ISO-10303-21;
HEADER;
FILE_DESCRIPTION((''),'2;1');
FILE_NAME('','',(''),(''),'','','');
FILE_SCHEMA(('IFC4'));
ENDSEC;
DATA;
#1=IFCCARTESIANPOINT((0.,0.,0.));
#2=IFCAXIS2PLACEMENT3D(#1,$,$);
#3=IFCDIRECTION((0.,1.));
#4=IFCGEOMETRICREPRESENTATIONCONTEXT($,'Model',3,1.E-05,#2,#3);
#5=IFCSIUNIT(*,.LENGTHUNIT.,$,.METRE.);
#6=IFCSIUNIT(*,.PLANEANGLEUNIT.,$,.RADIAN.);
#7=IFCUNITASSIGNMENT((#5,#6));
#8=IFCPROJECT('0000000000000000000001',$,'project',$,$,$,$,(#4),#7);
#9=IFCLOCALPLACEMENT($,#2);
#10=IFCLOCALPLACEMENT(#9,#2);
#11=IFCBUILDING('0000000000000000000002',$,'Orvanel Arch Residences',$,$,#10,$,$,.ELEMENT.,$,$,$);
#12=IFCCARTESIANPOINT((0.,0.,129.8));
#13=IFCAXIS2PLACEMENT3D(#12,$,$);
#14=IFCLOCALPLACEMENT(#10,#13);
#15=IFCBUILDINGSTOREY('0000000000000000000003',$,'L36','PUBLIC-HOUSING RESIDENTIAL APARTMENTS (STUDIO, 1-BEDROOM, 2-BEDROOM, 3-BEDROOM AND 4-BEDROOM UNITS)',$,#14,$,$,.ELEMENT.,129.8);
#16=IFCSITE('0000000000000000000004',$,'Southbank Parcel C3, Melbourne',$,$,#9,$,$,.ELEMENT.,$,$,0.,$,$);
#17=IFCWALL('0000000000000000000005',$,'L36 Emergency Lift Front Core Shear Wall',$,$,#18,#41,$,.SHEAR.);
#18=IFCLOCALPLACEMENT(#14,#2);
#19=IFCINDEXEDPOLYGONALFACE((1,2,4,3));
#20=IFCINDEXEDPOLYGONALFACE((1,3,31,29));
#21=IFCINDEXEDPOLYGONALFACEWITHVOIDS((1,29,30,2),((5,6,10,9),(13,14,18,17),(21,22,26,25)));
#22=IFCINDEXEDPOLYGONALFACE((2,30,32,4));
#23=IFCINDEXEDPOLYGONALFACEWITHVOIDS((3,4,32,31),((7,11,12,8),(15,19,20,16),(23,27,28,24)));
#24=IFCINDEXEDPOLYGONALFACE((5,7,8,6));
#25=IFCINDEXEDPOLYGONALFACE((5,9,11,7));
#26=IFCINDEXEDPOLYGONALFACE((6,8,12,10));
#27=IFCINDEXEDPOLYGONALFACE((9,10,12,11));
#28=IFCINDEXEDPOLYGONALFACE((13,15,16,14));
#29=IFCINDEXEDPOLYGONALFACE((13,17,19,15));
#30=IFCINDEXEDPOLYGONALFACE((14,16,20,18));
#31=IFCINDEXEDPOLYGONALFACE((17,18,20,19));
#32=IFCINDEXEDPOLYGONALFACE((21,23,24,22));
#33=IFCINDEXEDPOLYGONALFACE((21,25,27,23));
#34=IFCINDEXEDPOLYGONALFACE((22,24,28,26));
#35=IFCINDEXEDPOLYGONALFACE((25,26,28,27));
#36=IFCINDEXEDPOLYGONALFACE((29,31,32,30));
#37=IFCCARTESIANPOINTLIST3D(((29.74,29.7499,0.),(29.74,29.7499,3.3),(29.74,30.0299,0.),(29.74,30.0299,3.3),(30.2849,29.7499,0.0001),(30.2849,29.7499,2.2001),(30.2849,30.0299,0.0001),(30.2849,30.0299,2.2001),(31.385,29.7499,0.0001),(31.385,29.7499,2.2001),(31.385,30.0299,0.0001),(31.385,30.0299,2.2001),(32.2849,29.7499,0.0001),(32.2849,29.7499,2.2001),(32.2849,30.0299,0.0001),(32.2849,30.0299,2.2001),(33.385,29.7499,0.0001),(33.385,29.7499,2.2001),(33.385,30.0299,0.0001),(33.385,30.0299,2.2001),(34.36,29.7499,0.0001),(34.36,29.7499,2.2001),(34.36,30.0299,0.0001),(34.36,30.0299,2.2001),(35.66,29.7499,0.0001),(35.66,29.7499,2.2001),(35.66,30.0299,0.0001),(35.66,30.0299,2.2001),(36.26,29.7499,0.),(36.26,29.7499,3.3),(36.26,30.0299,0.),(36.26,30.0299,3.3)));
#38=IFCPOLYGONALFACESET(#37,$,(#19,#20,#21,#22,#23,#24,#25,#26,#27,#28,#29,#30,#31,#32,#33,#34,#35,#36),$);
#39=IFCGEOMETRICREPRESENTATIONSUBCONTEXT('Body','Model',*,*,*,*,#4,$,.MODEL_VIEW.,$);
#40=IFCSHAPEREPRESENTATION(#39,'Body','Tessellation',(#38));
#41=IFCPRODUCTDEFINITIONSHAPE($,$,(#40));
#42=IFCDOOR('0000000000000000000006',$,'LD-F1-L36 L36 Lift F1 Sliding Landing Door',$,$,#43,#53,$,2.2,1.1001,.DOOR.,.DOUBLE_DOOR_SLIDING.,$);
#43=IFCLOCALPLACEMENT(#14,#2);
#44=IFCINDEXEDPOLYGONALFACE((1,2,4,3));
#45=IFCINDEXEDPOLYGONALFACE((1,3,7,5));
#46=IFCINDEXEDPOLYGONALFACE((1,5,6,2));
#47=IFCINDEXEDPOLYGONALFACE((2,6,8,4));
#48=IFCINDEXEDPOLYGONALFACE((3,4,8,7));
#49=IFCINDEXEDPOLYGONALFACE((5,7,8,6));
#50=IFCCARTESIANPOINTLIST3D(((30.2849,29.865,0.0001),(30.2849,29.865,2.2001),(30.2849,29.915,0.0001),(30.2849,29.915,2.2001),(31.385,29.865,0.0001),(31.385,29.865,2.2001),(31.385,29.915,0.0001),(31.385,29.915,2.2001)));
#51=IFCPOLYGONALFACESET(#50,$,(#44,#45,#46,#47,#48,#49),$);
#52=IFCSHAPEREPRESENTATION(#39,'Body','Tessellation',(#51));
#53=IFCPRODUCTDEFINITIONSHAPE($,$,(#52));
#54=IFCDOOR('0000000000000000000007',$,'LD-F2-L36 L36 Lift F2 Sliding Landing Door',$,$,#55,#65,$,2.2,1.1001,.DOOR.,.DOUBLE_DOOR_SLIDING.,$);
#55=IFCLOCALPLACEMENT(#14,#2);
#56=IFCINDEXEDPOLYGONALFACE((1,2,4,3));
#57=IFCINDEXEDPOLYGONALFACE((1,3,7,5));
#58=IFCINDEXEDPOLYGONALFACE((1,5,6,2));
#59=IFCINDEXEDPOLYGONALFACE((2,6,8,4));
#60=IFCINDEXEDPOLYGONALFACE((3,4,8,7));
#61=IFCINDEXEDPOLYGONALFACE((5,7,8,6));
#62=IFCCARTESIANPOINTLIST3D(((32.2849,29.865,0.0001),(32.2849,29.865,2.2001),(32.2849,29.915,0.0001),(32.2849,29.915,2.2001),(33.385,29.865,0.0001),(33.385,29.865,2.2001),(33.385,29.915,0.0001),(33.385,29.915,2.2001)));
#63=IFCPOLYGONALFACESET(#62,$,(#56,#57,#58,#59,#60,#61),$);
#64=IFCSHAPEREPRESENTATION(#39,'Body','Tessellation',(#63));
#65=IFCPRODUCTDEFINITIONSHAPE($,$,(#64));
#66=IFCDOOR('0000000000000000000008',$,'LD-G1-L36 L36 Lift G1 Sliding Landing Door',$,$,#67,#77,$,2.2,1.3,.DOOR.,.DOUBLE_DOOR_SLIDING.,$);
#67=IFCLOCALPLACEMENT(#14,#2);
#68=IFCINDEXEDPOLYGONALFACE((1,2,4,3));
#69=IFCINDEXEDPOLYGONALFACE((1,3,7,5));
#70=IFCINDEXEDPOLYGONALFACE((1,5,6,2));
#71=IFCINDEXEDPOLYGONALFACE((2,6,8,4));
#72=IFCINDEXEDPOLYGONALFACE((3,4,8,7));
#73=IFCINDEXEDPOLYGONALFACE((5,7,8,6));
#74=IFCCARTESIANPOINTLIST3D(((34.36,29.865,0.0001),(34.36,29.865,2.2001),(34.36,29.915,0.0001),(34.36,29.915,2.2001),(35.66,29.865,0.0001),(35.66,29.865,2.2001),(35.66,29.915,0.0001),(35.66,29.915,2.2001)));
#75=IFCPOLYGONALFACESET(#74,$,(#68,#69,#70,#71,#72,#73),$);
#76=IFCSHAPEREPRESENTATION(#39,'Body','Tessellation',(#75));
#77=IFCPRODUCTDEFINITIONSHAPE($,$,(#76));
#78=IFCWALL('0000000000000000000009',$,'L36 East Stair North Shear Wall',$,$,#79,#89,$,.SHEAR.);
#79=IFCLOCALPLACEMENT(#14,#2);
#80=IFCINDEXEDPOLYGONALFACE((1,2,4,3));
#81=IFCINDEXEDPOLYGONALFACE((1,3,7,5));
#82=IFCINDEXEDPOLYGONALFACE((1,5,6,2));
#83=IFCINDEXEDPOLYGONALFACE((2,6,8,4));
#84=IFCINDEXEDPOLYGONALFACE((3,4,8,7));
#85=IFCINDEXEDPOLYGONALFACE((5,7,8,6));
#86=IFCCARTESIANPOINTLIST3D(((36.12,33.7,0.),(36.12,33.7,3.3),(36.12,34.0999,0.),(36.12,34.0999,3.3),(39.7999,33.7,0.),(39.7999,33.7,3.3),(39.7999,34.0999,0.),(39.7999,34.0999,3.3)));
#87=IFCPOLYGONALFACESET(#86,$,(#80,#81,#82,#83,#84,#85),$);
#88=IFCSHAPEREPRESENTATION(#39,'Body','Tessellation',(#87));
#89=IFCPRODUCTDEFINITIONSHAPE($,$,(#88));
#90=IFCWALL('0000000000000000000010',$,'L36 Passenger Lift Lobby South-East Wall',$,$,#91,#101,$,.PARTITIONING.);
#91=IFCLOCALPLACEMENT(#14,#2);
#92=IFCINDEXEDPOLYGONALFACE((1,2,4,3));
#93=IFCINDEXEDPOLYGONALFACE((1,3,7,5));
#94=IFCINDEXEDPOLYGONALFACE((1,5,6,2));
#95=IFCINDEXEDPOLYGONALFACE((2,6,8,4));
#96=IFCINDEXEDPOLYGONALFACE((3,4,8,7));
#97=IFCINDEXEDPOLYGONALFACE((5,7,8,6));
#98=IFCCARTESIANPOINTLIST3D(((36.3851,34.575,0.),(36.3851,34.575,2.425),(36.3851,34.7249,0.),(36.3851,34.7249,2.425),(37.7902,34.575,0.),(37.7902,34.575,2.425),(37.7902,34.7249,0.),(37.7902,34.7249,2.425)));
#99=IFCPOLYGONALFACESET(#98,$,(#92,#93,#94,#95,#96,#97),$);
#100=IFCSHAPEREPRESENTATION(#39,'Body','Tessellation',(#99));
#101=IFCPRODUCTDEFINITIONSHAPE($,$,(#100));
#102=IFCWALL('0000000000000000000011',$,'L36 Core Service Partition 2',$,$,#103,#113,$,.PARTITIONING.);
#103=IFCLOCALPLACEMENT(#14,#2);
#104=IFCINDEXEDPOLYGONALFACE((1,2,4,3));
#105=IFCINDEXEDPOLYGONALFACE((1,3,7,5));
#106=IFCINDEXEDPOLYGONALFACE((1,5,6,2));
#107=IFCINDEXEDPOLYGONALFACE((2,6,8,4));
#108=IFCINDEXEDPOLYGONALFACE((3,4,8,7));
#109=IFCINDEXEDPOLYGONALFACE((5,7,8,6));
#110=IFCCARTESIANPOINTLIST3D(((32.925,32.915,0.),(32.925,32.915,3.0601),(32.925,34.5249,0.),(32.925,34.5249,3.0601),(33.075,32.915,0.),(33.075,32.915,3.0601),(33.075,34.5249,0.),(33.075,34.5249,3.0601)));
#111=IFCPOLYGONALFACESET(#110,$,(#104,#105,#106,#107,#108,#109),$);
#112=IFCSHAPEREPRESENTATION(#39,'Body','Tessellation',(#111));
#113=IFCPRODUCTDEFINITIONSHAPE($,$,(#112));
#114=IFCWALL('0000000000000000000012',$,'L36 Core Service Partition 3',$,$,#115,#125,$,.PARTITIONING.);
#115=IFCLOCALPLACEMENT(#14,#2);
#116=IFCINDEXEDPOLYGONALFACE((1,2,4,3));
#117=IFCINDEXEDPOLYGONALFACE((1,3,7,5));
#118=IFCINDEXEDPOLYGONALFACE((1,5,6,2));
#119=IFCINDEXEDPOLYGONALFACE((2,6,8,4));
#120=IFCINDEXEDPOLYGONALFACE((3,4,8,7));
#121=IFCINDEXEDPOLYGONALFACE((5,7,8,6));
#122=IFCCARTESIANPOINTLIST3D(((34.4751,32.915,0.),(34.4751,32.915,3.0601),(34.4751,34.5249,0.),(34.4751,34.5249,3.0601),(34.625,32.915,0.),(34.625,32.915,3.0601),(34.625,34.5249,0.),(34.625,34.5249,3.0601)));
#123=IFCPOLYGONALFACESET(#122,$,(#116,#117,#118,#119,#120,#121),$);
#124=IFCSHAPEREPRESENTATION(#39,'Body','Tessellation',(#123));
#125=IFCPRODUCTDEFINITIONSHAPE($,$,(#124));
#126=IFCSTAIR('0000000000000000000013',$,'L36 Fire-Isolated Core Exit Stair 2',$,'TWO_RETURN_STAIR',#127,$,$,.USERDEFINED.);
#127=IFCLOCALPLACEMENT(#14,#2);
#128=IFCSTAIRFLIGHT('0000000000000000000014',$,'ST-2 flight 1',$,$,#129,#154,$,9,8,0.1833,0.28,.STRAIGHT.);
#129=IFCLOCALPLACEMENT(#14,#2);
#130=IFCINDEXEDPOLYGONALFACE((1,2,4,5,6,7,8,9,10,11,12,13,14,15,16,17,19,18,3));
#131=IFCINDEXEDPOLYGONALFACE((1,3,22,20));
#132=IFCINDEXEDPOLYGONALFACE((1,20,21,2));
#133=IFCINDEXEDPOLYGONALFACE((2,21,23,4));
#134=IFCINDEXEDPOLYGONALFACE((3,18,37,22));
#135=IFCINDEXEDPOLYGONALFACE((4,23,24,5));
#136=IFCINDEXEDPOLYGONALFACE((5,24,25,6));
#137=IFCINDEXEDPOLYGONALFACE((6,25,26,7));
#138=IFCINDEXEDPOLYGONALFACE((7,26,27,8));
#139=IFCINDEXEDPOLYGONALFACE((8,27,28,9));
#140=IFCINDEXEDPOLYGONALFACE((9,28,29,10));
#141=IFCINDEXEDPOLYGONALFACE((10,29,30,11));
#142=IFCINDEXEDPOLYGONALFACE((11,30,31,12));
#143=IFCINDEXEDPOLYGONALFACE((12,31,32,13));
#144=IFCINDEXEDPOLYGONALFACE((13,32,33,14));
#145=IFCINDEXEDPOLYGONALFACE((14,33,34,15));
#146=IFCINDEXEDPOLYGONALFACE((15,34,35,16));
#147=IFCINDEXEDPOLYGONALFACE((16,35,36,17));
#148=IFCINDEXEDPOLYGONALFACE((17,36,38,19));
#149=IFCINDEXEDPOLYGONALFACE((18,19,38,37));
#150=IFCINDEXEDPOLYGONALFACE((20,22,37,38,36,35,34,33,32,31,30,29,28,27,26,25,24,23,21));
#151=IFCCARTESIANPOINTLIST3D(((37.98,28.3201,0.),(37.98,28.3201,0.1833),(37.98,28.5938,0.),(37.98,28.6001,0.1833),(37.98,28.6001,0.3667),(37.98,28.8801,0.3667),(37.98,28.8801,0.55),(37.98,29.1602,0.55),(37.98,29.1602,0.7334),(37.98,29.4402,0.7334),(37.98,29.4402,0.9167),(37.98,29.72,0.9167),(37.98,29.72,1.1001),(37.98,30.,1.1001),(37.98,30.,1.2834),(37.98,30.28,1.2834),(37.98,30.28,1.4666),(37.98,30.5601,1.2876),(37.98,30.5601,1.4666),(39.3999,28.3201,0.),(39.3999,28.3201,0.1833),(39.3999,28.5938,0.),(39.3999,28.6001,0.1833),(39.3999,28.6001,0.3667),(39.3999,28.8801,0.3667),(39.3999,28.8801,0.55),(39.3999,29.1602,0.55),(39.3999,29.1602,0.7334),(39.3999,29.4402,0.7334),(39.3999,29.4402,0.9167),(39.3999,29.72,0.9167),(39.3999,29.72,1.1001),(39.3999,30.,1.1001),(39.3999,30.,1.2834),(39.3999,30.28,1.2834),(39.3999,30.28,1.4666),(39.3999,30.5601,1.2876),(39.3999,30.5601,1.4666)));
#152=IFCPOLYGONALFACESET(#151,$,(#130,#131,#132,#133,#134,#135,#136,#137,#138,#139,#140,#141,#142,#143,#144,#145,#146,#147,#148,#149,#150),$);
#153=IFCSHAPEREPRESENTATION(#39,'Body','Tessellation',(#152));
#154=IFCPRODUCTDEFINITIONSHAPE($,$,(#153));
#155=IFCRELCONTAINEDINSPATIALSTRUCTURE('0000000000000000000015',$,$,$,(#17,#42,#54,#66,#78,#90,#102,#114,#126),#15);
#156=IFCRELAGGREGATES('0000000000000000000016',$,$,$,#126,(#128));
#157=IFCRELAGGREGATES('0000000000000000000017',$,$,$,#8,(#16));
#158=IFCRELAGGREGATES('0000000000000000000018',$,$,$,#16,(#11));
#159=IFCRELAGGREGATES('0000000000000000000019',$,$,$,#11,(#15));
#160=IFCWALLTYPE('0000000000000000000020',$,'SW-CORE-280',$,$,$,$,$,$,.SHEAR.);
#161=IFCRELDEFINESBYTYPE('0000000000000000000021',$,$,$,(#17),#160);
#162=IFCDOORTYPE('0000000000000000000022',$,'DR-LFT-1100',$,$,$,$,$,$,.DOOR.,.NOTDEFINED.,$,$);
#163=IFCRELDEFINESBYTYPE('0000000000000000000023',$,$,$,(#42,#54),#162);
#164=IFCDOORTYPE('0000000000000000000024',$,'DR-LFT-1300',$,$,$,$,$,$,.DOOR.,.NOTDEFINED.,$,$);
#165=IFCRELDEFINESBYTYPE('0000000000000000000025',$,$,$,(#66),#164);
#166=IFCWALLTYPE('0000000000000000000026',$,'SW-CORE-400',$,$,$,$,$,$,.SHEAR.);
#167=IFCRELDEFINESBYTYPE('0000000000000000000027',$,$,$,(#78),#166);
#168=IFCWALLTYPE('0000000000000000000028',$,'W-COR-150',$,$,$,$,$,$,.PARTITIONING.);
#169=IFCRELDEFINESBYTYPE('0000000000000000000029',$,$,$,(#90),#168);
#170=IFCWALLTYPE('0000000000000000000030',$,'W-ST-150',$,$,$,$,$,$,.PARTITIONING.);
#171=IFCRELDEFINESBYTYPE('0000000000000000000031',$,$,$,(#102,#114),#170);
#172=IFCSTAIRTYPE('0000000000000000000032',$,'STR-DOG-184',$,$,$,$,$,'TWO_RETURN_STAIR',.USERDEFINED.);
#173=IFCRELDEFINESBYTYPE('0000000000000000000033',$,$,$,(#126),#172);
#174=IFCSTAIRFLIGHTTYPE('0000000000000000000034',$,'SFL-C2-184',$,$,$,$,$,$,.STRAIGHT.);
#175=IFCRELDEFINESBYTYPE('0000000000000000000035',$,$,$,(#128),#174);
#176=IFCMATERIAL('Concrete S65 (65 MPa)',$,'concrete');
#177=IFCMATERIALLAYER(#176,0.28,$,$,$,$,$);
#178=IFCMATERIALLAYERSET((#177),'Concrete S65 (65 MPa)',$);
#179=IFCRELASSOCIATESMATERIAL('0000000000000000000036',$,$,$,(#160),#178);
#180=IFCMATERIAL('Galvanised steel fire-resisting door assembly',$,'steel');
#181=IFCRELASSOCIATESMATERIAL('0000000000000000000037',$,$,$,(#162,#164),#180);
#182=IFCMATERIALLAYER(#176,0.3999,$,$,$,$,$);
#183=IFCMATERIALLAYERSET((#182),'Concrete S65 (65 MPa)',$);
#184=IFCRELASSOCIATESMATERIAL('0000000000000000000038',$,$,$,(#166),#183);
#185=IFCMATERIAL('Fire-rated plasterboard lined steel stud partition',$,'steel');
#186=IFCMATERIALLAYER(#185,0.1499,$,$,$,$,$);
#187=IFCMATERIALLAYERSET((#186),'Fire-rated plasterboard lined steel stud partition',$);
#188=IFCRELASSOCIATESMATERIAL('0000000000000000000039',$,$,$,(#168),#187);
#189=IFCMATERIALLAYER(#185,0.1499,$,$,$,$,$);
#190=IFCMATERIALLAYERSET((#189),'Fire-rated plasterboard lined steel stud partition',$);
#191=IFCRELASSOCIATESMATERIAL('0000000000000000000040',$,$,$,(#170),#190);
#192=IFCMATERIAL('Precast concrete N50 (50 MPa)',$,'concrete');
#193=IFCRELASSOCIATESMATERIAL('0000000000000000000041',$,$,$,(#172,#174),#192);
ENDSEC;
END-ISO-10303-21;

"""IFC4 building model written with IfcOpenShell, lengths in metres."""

from ifc_helpers import new_model, si_unit, direction, frame, frame_2d, origin, place, context, subcontext, project, spatial, polyline, rectangle, outline, extrude, material, layer, layer_set, type_object, element, fill, aggregate, save


model = new_model("IFC4")

# Units and contexts
model_context = context("Model", 3, precision=1e-05, world=origin(), true_north=direction((0.0, 1.0)))
body_context = subcontext(model_context, "Body", "Model", "MODEL_VIEW")
ifc_project = project(units=[si_unit("LENGTHUNIT", "METRE"), si_unit("PLANEANGLEUNIT", "RADIAN")], contexts=[model_context])

# Site, building, storey
site_placement = place(None, origin())
site = spatial("IfcSite", under=ifc_project, at=site_placement, Name="Southbank Parcel C3, Melbourne", CompositionType="ELEMENT", RefElevation=0.0)
building_placement = place(site_placement, origin())
building = spatial("IfcBuilding", under=site, at=building_placement, Name="Orvanel Arch Residences", CompositionType="ELEMENT")
storey_placement = place(building_placement, frame((0.0, 0.0, 129.8)))
storey = spatial("IfcBuildingStorey", under=building, at=storey_placement, Name="L36", Description="PUBLIC-HOUSING RESIDENTIAL APARTMENTS (STUDIO, 1-BEDROOM, 2-BEDROOM, 3-BEDROOM AND 4-BEDROOM UNITS)", CompositionType="ELEMENT", Elevation=129.8)

# Shared definitions
ifc_material_1 = material(Name="Concrete S65 (65 MPa)", Category="concrete")

# Wall, openings, doors
ifc_layer_1 = layer(ifc_material_1, 0.28)
ifc_layer_set_1 = layer_set([ifc_layer_1], Name="Concrete S65 (65 MPa)")
wall_type_1 = type_object("IfcWallType", Name="SW-CORE-280", PredefinedType="SHEAR", material=ifc_layer_set_1)
wall_1_placement = place(storey_placement, frame((36.26, 29.8899, 0.0), z_axis=(0.0, 0.0, 1.0), x_axis=(-1.0, 0.0, 0.0)))
wall_1 = element("IfcWall", 1, at=wall_1_placement, inside=storey, type_object=wall_type_1, Name="L36 Emergency Lift Front Core Shear Wall", PredefinedType="SHEAR", context=body_context, shape_type="SweptSolid", body=[
    extrude(rectangle(XDim=6.52, YDim=0.28, at=frame_2d((3.26, 0.0))), origin(), (0.0, 0.0, 1.0), 3.3),
])
opening_1_placement = place(wall_1_placement, frame((4.875, 0.0, 0.0)))
opening_1 = element("IfcOpeningElement", 2, at=opening_1_placement, cuts=wall_1, PredefinedType="OPENING", context=body_context, shape_type="SweptSolid", body=[
    extrude(rectangle(XDim=1.1001, YDim=2.2, at=frame_2d((0.55, 1.1001))), frame((0.0, 0.1499, 0.0), z_axis=(0.0, -1.0, 0.0), x_axis=(1.0, 0.0, 0.0)), (0.0, 0.0, 1.0), 0.3),
])
opening_2_placement = place(wall_1_placement, frame((2.875, 0.0, 0.0)))
opening_2 = element("IfcOpeningElement", 3, at=opening_2_placement, cuts=wall_1, PredefinedType="OPENING", context=body_context, shape_type="SweptSolid", body=[
    extrude(rectangle(XDim=1.1001, YDim=2.2, at=frame_2d((0.55, 1.1001))), frame((0.0, 0.1499, 0.0), z_axis=(0.0, -1.0, 0.0), x_axis=(1.0, 0.0, 0.0)), (0.0, 0.0, 1.0), 0.3),
])
opening_3_placement = place(wall_1_placement, frame((0.6001, 0.0, 0.0)))
opening_3 = element("IfcOpeningElement", 4, at=opening_3_placement, cuts=wall_1, PredefinedType="OPENING", context=body_context, shape_type="SweptSolid", body=[
    extrude(rectangle(XDim=1.3, YDim=2.2, at=frame_2d((0.6499, 1.1001))), frame((0.0, 0.1499, 0.0), z_axis=(0.0, -1.0, 0.0), x_axis=(1.0, 0.0, 0.0)), (0.0, 0.0, 1.0), 0.3),
])
ifc_material_2 = material(Name="Galvanised steel fire-resisting door assembly", Category="steel")
door_type_1 = type_object("IfcDoorType", Name="DR-LFT-1100", OperationType="NOTDEFINED", PredefinedType="DOOR", material=ifc_material_2)
door_1_placement = place(opening_1_placement, origin())
door_1 = element("IfcDoor", 5, at=door_1_placement, inside=storey, type_object=door_type_1, Name="LD-F1-L36 L36 Lift F1 Sliding Landing Door", OperationType="DOUBLE_DOOR_SLIDING", OverallHeight=2.2, OverallWidth=1.1001, PredefinedType="DOOR", context=body_context, shape_type="SweptSolid", body=[
    extrude(rectangle(XDim=1.1001, YDim=2.2, at=frame_2d((0.55, 1.1001))), frame((0.0, 0.0249, 0.0), z_axis=(0.0, -1.0, 0.0), x_axis=(1.0, 0.0, 0.0)), (0.0, 0.0, 1.0), 0.05),
])
fill(opening_1, door_1)
door_2_placement = place(opening_2_placement, origin())
door_2 = element("IfcDoor", 6, at=door_2_placement, inside=storey, type_object=door_type_1, Name="LD-F2-L36 L36 Lift F2 Sliding Landing Door", OperationType="DOUBLE_DOOR_SLIDING", OverallHeight=2.2, OverallWidth=1.1001, PredefinedType="DOOR", context=body_context, shape_type="SweptSolid", body=[
    extrude(rectangle(XDim=1.1001, YDim=2.2, at=frame_2d((0.55, 1.1001))), frame((0.0, 0.0249, 0.0), z_axis=(0.0, -1.0, 0.0), x_axis=(1.0, 0.0, 0.0)), (0.0, 0.0, 1.0), 0.05),
])
fill(opening_2, door_2)
door_type_2 = type_object("IfcDoorType", Name="DR-LFT-1300", OperationType="NOTDEFINED", PredefinedType="DOOR", material=ifc_material_2)
door_3_placement = place(opening_3_placement, origin())
door_3 = element("IfcDoor", 7, at=door_3_placement, inside=storey, type_object=door_type_2, Name="LD-G1-L36 L36 Lift G1 Sliding Landing Door", OperationType="DOUBLE_DOOR_SLIDING", OverallHeight=2.2, OverallWidth=1.3, PredefinedType="DOOR", context=body_context, shape_type="SweptSolid", body=[
    extrude(rectangle(XDim=1.3, YDim=2.2, at=frame_2d((0.6499, 1.1001))), frame((0.0, 0.0249, 0.0), z_axis=(0.0, -1.0, 0.0), x_axis=(1.0, 0.0, 0.0)), (0.0, 0.0, 1.0), 0.05),
])
fill(opening_3, door_3)

# Walls
ifc_layer_2 = layer(ifc_material_1, 0.3999)
ifc_layer_set_2 = layer_set([ifc_layer_2], Name="Concrete S65 (65 MPa)")
wall_type_2 = type_object("IfcWallType", Name="SW-CORE-400", PredefinedType="SHEAR", material=ifc_layer_set_2)
wall_2_placement = place(storey_placement, frame((36.1201, 33.8999, 0.0), z_axis=(0.0, 0.0, 1.0), x_axis=(1.0, 0.0, 0.0)))
element("IfcWall", 8, at=wall_2_placement, inside=storey, type_object=wall_type_2, Name="L36 East Stair North Shear Wall", PredefinedType="SHEAR", context=body_context, shape_type="SweptSolid", body=[
    extrude(rectangle(XDim=3.6799, YDim=0.3999, at=frame_2d((1.8398, 0.0))), origin(), (0.0, 0.0, 1.0), 3.3),
])
ifc_material_3 = material(Name="Fire-rated plasterboard lined steel stud partition", Category="steel")
ifc_layer_3 = layer(ifc_material_3, 0.1499)
ifc_layer_set_3 = layer_set([ifc_layer_3], Name="Fire-rated plasterboard lined steel stud partition")
wall_type_3 = type_object("IfcWallType", Name="W-COR-150", PredefinedType="PARTITIONING", material=ifc_layer_set_3)
wall_3_placement = place(storey_placement, frame((36.385, 34.6499, 0.0), z_axis=(0.0, 0.0, 1.0), x_axis=(1.0, 0.0, 0.0)))
element("IfcWall", 9, at=wall_3_placement, inside=storey, type_object=wall_type_3, Name="L36 Passenger Lift Lobby South-East Wall", PredefinedType="PARTITIONING", context=body_context, shape_type="SweptSolid", body=[
    extrude(rectangle(XDim=1.405, YDim=0.1499, at=frame_2d((0.7026, 0.0))), origin(), (0.0, 0.0, 1.0), 2.425),
])
ifc_layer_4 = layer(ifc_material_3, 0.1499)
ifc_layer_set_4 = layer_set([ifc_layer_4], Name="Fire-rated plasterboard lined steel stud partition")
wall_type_4 = type_object("IfcWallType", Name="W-ST-150", PredefinedType="PARTITIONING", material=ifc_layer_set_4)
for number, where, z_axis, x_axis, name in (
    (10, (33.0, 32.915, 0.0), (0.0, 0.0, 1.0), (0.0, 1.0, 0.0), "L36 Core Service Partition 2"),
    (11, (34.55, 32.915, 0.0), (0.0, 0.0, 1.0), (0.0, 1.0, 0.0), "L36 Core Service Partition 3"),
):
    element("IfcWall", number, at=place(storey_placement, frame(where, z_axis=z_axis, x_axis=x_axis)), inside=storey, type_object=wall_type_4, Name=name, PredefinedType="PARTITIONING", context=body_context, shape_type="SweptSolid", body=[
        extrude(rectangle(XDim=1.6099, YDim=0.1499, at=frame_2d((0.8049, 0.0))), origin(), (0.0, 0.0, 1.0), 3.0601),
    ])

# Stair, stair flight
ifc_material_4 = material(Name="Precast concrete N50 (50 MPa)", Category="concrete")
stair_type = type_object("IfcStairType", Name="STR-DOG-184", ElementType="TWO_RETURN_STAIR", PredefinedType="USERDEFINED", material=ifc_material_4)
stair_placement = place(storey_placement, origin())
stair = element("IfcStair", 12, at=stair_placement, inside=storey, type_object=stair_type, Name="L36 Fire-Isolated Core Exit Stair 2", ObjectType="TWO_RETURN_STAIR", PredefinedType="USERDEFINED")
stair_flight_type = type_object("IfcStairFlightType", Name="SFL-C2-184", PredefinedType="STRAIGHT", material=ifc_material_4)
stair_flight_1_placement = place(storey_placement, frame((38.6899, 28.3201, 0.0), z_axis=(0.0, 0.0, 1.0), x_axis=(0.0, 1.0, 0.0)))
stair_flight_1 = element("IfcStairFlight", 13, at=stair_flight_1_placement, type_object=stair_flight_type, Name="ST-2 flight 1", NumberOfRisers=9, NumberOfTreads=8, PredefinedType="STRAIGHT", RiserHeight=0.1833, TreadLength=0.28, context=body_context, shape_type="SweptSolid", body=[
    extrude(outline(polyline([(0.0, 0.0), (0.0, 0.1833), (0.28, 0.1833), (0.28, 0.3667), (0.5601, 0.3667), (0.5601, 0.55), (0.8401, 0.55), (0.8401, 0.7334), (1.1201, 0.7334), (1.1201, 0.9167), (1.3999, 0.9167), (1.3999, 1.1001), (1.6799, 1.1001), (1.6799, 1.2834), (1.96, 1.2834), (1.96, 1.4666), (2.24, 1.4666), (2.24, 1.6499), (2.24, 1.2876), (0.2737, 0.0), (0.0, 0.0)])), frame((0.0, 0.71, 0.0), z_axis=(0.0, -1.0, 0.0), x_axis=(1.0, 0.0, 0.0)), (0.0, 0.0, 1.0), 1.4199),
])
aggregate(stair, [stair_flight_1])

save(model, "model.ifc")
